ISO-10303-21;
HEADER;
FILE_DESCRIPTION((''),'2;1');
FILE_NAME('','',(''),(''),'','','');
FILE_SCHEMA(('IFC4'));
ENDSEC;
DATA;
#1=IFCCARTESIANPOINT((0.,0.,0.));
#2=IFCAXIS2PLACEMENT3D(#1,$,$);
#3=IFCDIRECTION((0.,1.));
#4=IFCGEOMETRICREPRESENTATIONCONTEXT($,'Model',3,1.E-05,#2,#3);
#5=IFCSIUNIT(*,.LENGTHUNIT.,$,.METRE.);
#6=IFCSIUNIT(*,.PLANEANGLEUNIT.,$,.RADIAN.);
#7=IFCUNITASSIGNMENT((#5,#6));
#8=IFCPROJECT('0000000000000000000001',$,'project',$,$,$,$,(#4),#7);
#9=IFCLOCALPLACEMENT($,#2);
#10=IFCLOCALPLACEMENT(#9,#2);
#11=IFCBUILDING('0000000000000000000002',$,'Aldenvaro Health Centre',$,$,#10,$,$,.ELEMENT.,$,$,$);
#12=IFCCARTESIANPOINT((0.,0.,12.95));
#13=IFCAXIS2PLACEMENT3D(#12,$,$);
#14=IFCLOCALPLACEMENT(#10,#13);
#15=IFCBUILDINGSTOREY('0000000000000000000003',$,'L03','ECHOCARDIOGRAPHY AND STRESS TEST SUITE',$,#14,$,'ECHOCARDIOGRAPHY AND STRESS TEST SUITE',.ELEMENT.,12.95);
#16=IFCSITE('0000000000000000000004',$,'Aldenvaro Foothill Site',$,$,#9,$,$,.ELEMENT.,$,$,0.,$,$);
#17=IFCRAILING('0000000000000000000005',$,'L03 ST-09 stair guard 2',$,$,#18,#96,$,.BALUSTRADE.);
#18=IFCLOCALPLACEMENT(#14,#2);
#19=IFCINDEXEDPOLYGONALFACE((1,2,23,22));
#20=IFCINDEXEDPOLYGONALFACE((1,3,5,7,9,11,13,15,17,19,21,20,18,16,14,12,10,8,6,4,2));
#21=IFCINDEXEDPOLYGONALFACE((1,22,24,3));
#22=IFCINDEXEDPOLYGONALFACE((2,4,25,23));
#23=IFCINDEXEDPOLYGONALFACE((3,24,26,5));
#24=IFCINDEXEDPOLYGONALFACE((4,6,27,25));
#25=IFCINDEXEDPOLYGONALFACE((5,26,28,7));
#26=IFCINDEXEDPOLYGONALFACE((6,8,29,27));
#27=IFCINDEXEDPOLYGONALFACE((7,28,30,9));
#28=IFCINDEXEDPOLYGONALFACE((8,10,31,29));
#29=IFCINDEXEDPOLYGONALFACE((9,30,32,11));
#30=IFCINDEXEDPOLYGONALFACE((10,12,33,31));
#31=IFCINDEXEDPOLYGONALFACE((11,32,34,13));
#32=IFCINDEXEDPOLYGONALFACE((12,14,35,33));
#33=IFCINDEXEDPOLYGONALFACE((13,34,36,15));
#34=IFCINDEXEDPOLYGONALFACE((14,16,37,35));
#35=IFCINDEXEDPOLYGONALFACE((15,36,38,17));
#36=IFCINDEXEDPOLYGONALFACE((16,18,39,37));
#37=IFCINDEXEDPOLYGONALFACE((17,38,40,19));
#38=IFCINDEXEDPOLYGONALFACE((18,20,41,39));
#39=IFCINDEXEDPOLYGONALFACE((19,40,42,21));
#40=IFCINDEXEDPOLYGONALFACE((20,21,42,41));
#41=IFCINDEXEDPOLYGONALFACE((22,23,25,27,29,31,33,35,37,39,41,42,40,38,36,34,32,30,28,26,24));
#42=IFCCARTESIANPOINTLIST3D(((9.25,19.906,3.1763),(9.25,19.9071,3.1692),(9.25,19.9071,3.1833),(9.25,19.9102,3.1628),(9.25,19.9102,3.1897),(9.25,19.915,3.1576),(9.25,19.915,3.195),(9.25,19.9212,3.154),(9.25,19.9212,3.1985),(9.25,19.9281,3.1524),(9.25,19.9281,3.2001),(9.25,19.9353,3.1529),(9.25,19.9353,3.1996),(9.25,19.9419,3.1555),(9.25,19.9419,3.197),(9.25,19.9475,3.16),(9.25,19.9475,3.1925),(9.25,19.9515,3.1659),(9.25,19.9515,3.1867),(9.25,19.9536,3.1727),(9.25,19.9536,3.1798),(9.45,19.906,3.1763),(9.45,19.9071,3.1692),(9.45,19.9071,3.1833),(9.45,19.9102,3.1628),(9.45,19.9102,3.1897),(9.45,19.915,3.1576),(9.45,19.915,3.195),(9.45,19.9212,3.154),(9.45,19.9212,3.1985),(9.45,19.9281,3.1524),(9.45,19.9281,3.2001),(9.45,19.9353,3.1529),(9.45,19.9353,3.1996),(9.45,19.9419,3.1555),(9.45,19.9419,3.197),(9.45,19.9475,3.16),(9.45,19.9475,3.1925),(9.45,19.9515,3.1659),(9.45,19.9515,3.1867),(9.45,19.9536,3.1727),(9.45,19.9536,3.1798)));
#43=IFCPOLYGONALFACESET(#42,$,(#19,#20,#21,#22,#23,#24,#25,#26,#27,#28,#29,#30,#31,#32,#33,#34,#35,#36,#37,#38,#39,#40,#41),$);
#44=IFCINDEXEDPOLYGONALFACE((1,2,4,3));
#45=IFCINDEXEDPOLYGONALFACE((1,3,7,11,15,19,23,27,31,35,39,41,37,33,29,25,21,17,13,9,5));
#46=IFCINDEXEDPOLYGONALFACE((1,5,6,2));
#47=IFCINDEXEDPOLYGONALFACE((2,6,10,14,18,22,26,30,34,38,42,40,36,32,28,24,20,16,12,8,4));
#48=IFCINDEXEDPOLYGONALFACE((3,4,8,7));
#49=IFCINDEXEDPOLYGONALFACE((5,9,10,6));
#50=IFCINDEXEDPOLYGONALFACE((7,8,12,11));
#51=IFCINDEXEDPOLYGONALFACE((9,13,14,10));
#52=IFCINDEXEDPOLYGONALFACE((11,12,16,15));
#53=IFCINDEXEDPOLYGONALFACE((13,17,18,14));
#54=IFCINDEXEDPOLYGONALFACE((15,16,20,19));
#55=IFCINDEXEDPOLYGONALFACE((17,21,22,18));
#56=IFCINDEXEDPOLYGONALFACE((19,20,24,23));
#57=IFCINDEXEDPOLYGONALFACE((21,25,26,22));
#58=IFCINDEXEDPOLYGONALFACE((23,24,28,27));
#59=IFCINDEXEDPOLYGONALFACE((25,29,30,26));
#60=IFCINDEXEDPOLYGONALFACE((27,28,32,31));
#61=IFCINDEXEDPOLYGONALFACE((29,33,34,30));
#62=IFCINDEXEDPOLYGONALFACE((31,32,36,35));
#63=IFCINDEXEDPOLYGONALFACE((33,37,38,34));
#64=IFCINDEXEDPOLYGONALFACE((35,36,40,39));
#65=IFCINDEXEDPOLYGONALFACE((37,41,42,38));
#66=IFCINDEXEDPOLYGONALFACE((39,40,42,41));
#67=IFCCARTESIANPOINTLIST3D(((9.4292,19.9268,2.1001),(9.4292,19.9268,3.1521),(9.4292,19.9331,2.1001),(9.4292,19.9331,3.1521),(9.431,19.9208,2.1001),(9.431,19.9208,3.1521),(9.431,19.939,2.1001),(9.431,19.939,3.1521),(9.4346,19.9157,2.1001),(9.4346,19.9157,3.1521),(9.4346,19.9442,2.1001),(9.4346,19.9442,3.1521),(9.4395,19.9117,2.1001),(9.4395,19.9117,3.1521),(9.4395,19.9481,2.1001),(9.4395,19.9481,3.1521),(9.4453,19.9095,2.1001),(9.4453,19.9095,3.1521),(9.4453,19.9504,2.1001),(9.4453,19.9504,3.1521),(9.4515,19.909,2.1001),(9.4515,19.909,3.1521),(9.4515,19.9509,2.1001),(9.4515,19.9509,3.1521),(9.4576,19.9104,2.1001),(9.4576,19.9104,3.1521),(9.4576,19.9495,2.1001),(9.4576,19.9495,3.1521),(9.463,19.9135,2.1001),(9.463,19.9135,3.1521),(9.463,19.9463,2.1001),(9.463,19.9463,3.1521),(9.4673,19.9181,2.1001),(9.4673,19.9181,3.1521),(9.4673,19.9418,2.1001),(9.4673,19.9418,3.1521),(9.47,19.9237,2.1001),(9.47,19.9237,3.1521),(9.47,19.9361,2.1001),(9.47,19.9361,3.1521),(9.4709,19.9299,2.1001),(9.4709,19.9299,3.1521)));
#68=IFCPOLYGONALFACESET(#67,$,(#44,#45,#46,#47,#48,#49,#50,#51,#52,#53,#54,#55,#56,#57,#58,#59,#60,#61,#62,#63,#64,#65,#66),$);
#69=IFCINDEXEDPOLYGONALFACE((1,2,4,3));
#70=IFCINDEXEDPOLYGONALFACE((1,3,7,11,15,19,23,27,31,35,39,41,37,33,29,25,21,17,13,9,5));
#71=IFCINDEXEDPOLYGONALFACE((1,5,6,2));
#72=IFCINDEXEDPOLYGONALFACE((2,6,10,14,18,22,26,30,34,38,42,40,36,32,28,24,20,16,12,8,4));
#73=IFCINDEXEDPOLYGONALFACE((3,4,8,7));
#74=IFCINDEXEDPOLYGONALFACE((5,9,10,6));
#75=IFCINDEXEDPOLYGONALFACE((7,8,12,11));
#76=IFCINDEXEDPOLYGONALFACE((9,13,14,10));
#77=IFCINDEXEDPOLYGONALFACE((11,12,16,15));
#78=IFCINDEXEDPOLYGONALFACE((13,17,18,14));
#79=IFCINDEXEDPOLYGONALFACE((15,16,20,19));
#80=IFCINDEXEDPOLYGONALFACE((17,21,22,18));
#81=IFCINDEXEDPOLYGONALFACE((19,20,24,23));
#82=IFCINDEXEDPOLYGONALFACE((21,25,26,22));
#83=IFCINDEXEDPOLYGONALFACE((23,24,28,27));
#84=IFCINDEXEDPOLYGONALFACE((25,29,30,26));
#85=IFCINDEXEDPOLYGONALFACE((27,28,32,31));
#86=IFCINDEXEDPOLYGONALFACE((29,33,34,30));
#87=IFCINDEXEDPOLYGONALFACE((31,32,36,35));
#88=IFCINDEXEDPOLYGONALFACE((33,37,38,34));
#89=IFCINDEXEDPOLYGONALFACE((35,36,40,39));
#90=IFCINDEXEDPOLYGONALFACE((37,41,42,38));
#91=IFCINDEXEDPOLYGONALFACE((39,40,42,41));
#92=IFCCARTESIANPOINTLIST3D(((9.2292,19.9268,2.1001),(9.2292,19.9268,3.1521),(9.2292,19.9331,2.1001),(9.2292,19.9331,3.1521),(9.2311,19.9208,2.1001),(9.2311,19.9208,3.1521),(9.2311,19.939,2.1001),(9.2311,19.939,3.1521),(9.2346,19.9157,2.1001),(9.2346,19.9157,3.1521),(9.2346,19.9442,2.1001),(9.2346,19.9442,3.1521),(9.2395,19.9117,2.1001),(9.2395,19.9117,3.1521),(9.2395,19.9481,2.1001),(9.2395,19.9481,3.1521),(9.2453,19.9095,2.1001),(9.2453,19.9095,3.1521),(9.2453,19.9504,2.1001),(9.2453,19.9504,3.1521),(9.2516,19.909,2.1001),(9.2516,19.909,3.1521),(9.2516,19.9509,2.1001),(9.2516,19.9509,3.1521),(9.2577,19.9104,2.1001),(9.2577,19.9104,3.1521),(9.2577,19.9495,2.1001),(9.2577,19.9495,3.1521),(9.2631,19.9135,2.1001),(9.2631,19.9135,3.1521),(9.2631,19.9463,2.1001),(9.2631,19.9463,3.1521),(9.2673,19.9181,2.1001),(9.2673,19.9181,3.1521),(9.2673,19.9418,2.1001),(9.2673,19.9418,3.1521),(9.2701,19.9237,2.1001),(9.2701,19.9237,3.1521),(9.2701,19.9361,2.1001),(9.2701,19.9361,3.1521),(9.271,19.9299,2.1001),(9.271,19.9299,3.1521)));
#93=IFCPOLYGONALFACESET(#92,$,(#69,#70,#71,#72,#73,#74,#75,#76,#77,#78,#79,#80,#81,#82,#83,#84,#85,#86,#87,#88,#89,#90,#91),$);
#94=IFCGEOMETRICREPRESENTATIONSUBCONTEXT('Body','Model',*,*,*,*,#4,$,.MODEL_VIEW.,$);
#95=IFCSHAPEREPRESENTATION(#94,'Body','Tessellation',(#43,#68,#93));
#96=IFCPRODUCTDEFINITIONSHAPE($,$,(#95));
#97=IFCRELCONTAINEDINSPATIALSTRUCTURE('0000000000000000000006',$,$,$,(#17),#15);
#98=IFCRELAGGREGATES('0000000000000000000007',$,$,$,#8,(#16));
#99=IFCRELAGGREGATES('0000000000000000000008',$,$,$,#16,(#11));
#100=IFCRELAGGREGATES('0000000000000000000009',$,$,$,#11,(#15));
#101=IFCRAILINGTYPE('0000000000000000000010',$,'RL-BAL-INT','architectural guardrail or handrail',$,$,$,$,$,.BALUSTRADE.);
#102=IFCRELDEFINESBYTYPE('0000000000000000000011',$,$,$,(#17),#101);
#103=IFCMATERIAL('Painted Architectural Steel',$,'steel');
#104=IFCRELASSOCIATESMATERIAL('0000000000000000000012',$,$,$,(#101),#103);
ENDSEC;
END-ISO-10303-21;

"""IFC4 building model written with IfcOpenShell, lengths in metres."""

from ifc_helpers import new_model, si_unit, direction, frame, origin, origin_2d, place, context, subcontext, project, spatial, circle, extrude, material, type_object, element, save


model = new_model("IFC4")

# Units and contexts
model_context = context("Model", 3, precision=1e-05, world=origin(), true_north=direction((0.0, 1.0)))
body_context = subcontext(model_context, "Body", "Model", "MODEL_VIEW")
ifc_project = project(units=[si_unit("LENGTHUNIT", "METRE"), si_unit("PLANEANGLEUNIT", "RADIAN")], contexts=[model_context])

# Site, building, storey
site_placement = place(None, origin())
site = spatial("IfcSite", under=ifc_project, at=site_placement, Name="Aldenvaro Foothill Site", CompositionType="ELEMENT", RefElevation=0.0)
building_placement = place(site_placement, origin())
building = spatial("IfcBuilding", under=site, at=building_placement, Name="Aldenvaro Health Centre", CompositionType="ELEMENT")
storey_placement = place(building_placement, frame((0.0, 0.0, 12.95)))
storey = spatial("IfcBuildingStorey", under=building, at=storey_placement, Name="L03", Description="ECHOCARDIOGRAPHY AND STRESS TEST SUITE", LongName="ECHOCARDIOGRAPHY AND STRESS TEST SUITE", CompositionType="ELEMENT", Elevation=12.95)

# Railing
ifc_material_1 = material(Name="Painted Architectural Steel", Category="steel")
railing_type = type_object("IfcRailingType", Name="RL-BAL-INT", Description="architectural guardrail or handrail", PredefinedType="BALUSTRADE", material=ifc_material_1)
railing_1_placement = place(storey_placement, frame((9.45, 19.9299, 2.1001)))
element("IfcRailing", 1, at=railing_1_placement, inside=storey, type_object=railing_type, Name="L03 ST-09 stair guard 2", PredefinedType="BALUSTRADE", context=body_context, shape_type="SweptSolid", body=[
    extrude(circle(Radius=0.0239, at=origin_2d()), frame((0.0, 0.0, 1.0762), z_axis=(-1.0, 0.0, 0.0), x_axis=(0.0, -1.0, 0.0)), (0.0, 0.0, 1.0), 0.2),
    extrude(circle(Radius=0.021, at=origin_2d()), origin(), (0.0, 0.0, 1.0), 1.052),
    extrude(circle(Radius=0.021, at=origin_2d()), frame((-0.2, 0.0, 0.0)), (0.0, 0.0, 1.0), 1.052),
])

save(model, "model.ifc")
